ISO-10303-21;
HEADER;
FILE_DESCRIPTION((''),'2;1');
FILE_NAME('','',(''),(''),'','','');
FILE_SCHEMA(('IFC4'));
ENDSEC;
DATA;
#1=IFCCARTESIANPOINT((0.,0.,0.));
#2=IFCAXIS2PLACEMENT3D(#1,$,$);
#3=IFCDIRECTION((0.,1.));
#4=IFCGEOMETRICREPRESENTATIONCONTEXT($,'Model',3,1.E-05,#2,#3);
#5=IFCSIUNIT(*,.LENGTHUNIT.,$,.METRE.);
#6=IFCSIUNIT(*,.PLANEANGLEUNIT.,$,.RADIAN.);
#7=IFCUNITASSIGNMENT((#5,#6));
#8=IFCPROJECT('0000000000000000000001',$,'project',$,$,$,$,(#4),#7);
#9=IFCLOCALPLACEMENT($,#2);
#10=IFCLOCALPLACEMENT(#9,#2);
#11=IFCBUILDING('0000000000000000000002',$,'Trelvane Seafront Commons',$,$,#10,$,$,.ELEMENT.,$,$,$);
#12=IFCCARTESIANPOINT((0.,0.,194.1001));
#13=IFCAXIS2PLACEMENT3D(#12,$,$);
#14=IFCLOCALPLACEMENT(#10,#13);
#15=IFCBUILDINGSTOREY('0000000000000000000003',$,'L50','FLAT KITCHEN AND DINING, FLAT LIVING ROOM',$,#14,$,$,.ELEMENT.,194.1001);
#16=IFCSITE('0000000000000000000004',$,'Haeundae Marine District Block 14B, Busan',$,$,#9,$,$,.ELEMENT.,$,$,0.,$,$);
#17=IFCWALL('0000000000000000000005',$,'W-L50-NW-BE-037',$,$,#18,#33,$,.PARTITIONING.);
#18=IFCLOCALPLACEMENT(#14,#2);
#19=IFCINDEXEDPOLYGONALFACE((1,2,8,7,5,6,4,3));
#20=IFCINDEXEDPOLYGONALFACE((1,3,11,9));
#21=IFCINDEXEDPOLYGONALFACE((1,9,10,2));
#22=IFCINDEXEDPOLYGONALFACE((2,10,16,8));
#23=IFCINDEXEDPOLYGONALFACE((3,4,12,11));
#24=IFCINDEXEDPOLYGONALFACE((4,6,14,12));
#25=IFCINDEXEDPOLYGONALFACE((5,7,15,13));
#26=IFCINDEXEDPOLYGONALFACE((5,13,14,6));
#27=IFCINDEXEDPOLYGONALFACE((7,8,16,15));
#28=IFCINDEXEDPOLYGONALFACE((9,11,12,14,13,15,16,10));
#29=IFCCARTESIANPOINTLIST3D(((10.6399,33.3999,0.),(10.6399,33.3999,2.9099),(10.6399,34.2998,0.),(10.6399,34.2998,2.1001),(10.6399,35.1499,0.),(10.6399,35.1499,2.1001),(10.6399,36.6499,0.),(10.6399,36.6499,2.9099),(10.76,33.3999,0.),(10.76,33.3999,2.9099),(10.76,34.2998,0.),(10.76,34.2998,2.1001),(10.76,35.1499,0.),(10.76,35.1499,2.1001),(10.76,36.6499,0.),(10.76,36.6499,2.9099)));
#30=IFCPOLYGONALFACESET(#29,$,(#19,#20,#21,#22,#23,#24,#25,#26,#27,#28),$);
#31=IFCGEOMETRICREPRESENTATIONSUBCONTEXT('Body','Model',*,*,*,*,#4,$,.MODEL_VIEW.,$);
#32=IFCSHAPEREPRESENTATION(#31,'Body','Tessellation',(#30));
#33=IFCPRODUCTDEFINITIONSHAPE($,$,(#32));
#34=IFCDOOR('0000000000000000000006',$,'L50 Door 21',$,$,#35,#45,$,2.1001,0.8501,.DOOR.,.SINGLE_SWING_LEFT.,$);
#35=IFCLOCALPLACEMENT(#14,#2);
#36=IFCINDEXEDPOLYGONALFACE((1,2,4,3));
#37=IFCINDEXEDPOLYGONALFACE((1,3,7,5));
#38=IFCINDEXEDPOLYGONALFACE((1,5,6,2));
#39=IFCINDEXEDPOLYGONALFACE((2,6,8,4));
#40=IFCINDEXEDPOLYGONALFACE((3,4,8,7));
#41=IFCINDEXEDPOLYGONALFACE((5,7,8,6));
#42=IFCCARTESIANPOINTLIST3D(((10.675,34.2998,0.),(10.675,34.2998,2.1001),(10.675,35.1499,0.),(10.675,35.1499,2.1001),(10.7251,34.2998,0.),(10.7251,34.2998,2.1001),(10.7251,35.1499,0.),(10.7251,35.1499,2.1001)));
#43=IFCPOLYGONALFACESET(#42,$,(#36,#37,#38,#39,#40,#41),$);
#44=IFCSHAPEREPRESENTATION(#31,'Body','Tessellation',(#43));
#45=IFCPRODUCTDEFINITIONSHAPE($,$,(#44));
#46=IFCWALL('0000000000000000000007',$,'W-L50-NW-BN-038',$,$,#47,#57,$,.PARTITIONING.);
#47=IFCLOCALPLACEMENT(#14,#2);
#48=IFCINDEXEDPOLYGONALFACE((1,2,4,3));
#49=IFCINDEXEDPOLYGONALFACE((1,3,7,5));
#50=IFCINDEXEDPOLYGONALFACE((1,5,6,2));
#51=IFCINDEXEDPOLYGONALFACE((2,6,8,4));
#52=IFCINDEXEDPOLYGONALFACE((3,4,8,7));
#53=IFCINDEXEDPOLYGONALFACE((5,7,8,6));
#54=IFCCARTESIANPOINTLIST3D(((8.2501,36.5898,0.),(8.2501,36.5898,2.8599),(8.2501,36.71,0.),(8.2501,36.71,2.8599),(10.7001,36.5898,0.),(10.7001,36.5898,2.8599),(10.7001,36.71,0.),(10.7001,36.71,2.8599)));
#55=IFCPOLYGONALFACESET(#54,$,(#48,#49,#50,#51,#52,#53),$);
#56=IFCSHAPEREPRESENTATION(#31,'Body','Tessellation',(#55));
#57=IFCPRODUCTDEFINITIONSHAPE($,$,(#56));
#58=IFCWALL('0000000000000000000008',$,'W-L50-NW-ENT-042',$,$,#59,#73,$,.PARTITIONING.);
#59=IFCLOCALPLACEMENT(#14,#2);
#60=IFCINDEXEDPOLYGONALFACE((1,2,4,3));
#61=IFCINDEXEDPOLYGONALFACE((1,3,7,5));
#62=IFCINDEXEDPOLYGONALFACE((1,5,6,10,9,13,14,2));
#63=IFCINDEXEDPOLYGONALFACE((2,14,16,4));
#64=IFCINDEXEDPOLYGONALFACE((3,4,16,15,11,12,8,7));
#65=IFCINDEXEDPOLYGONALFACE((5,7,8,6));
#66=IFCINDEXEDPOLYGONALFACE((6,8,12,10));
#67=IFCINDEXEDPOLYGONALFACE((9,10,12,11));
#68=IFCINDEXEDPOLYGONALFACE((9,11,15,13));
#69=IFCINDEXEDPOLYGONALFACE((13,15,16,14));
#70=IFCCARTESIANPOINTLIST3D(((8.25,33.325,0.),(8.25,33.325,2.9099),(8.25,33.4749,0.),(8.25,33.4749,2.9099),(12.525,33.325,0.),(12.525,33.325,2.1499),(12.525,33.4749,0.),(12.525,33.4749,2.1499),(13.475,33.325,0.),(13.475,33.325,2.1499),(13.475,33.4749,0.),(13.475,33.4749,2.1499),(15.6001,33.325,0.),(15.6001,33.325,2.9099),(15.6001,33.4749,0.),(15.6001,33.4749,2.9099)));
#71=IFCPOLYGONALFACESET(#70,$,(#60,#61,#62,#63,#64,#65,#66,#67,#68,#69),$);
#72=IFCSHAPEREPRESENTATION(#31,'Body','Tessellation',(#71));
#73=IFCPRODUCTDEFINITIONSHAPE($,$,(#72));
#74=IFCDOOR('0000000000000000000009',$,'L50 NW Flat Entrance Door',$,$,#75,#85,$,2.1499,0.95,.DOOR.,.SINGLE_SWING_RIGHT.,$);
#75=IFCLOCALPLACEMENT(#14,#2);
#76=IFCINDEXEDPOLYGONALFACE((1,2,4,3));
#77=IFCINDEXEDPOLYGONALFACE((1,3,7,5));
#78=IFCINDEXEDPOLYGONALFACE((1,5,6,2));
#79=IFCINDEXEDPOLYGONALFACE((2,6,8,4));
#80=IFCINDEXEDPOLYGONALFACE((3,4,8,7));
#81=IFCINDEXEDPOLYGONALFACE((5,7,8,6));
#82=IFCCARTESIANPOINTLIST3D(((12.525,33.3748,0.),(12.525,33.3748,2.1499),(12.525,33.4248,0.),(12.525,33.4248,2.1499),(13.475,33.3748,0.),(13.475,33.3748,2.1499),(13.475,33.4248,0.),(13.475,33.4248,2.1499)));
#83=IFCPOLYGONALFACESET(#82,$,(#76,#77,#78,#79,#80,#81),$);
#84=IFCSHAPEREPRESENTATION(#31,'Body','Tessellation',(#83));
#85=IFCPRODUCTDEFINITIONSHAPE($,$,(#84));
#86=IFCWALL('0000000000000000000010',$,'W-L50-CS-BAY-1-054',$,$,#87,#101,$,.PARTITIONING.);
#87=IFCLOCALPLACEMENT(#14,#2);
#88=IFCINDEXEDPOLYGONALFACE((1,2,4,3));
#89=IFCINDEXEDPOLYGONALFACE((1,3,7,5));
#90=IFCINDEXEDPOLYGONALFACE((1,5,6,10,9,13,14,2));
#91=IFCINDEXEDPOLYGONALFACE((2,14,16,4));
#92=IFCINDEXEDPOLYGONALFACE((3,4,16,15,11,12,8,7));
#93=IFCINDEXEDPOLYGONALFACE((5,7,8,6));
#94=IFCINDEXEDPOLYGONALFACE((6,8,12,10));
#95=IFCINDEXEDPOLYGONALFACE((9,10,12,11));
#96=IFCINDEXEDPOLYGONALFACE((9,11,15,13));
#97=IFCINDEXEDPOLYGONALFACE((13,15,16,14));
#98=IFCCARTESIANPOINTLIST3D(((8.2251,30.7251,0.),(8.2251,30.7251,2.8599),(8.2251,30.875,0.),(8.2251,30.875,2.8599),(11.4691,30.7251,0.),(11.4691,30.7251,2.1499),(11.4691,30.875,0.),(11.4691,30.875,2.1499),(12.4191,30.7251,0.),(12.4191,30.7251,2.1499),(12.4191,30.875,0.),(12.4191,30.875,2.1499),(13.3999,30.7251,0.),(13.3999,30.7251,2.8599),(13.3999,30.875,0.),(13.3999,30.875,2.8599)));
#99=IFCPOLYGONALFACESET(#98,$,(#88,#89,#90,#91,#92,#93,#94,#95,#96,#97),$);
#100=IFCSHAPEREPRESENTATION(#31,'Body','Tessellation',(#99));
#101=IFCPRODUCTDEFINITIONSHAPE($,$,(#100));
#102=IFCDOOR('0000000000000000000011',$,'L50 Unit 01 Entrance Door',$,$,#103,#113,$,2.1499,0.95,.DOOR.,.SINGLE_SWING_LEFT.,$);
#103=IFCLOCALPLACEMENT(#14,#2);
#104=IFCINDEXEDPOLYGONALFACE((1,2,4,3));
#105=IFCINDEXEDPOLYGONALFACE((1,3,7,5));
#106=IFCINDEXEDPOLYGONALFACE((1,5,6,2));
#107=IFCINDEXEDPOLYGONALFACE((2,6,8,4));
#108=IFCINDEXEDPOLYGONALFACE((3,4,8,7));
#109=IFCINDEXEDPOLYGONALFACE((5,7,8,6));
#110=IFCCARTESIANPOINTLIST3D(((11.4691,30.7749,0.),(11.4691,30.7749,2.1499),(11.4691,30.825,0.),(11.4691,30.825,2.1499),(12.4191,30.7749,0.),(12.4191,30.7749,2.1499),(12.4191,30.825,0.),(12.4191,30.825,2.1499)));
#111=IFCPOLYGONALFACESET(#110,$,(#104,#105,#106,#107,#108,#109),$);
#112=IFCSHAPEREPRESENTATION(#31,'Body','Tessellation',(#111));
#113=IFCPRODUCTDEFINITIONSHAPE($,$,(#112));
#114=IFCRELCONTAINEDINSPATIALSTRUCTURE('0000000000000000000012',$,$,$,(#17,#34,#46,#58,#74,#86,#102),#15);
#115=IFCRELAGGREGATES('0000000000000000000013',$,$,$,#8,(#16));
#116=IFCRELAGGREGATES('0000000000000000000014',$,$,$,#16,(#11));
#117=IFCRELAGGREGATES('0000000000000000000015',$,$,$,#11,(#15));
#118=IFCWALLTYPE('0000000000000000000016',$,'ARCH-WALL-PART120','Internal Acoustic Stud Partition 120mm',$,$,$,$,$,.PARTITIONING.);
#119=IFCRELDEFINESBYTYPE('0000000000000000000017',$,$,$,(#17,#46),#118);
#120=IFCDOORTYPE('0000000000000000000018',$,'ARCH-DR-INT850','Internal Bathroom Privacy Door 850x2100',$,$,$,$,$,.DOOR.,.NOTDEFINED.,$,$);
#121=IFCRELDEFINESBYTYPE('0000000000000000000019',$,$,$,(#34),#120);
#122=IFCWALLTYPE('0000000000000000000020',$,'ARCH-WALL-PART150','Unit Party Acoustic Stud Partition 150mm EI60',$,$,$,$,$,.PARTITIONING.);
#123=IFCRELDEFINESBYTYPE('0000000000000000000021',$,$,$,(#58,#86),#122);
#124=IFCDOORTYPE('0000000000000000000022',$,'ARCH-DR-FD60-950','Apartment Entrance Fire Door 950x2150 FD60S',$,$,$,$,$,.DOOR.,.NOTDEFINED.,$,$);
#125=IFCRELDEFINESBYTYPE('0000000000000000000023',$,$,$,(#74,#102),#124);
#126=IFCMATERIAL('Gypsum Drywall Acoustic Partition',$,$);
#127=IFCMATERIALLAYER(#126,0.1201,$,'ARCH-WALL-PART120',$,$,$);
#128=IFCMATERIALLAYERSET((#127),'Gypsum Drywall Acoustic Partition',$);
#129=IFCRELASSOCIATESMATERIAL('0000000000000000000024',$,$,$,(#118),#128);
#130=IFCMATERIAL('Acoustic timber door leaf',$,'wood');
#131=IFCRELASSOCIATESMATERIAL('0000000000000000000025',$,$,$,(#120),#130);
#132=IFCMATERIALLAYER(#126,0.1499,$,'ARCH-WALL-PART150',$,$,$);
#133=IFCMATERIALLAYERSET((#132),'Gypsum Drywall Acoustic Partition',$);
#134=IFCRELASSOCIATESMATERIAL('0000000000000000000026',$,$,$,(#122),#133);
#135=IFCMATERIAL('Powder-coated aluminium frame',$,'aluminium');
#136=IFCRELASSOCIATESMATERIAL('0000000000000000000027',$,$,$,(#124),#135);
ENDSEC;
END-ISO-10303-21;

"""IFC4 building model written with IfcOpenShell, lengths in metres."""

from ifc_helpers import new_model, si_unit, direction, frame, frame_2d, origin, place, context, subcontext, project, spatial, rectangle, extrude, source, transform, mapped, material, layer, layer_set, type_object, element, fill, save


model = new_model("IFC4")

# Units and contexts
model_context = context("Model", 3, precision=1e-05, world=origin(), true_north=direction((0.0, 1.0)))
body_context = subcontext(model_context, "Body", "Model", "MODEL_VIEW")
ifc_project = project(units=[si_unit("LENGTHUNIT", "METRE"), si_unit("PLANEANGLEUNIT", "RADIAN")], contexts=[model_context])

# Site, building, storey
site_placement = place(None, origin())
site = spatial("IfcSite", under=ifc_project, at=site_placement, Name="Haeundae Marine District Block 14B, Busan", CompositionType="ELEMENT", RefElevation=0.0)
building_placement = place(site_placement, origin())
building = spatial("IfcBuilding", under=site, at=building_placement, Name="Trelvane Seafront Commons", CompositionType="ELEMENT")
storey_placement = place(building_placement, frame((0.0, 0.0, 194.1001)))
storey = spatial("IfcBuildingStorey", under=building, at=storey_placement, Name="L50", Description="FLAT KITCHEN AND DINING, FLAT LIVING ROOM", CompositionType="ELEMENT", Elevation=194.1001)

# Wall, opening, door
ifc_material_1 = material(Name="Gypsum Drywall Acoustic Partition")
ifc_layer_1 = layer(ifc_material_1, 0.1201, Name="ARCH-WALL-PART120")
ifc_layer_set_1 = layer_set([ifc_layer_1], Name="Gypsum Drywall Acoustic Partition")
wall_type_1 = type_object("IfcWallType", Name="ARCH-WALL-PART120", Description="Internal Acoustic Stud Partition 120mm", PredefinedType="PARTITIONING", material=ifc_layer_set_1)
wall_1_placement = place(storey_placement, frame((10.7, 33.3999, 0.0), z_axis=(0.0, 0.0, 1.0), x_axis=(0.0, 1.0, 0.0)))
wall_1 = element("IfcWall", 1, at=wall_1_placement, inside=storey, type_object=wall_type_1, Name="W-L50-NW-BE-037", PredefinedType="PARTITIONING", context=body_context, shape_type="SweptSolid", body=[
    extrude(rectangle(XDim=3.25, YDim=0.1201, at=frame_2d((1.625, 0.0))), origin(), (0.0, 0.0, 1.0), 2.9099),
])
opening_1_placement = place(wall_1_placement, frame((0.8999, 0.0, 0.0)))
opening_1 = element("IfcOpeningElement", 2, at=opening_1_placement, cuts=wall_1, PredefinedType="OPENING", context=body_context, shape_type="SweptSolid", body=[
    extrude(rectangle(XDim=0.8501, YDim=2.1001, at=frame_2d((0.425, 1.05))), frame((0.0, 0.0701, 0.0), z_axis=(0.0, -1.0, 0.0), x_axis=(1.0, 0.0, 0.0)), (0.0, 0.0, 1.0), 0.1401),
])
ifc_material_2 = material(Name="Acoustic timber door leaf", Category="wood")
door_type_1 = type_object("IfcDoorType", Name="ARCH-DR-INT850", Description="Internal Bathroom Privacy Door 850x2100", OperationType="NOTDEFINED", PredefinedType="DOOR", material=ifc_material_2)
shared_shape_1 = source(origin(), body_context, "Body", "SweptSolid", [
    extrude(rectangle(XDim=0.8501, YDim=2.1001, at=frame_2d((0.425, 1.05))), frame((0.0, 0.0249, 0.0), z_axis=(0.0, -1.0, 0.0), x_axis=(1.0, 0.0, 0.0)), (0.0, 0.0, 1.0), 0.05),
])
door_1_placement = place(opening_1_placement, origin())
door_1 = element("IfcDoor", 3, at=door_1_placement, inside=storey, type_object=door_type_1, Name="L50 Door 21", OperationType="SINGLE_SWING_LEFT", OverallHeight=2.1001, OverallWidth=0.8501, PredefinedType="DOOR", context=body_context, shape_type="MappedRepresentation", body=[
    mapped(shared_shape_1, transform((0.0, 0.0, 0.0), x_axis=(1.0, 0.0, 0.0), y_axis=(0.0, 1.0, 0.0), z_axis=(0.0, 0.0, 1.0), scale=1.0)),
])
fill(opening_1, door_1)

# Wall
wall_2_placement = place(storey_placement, frame((8.25, 36.6499, 0.0), z_axis=(0.0, 0.0, 1.0), x_axis=(1.0, 0.0, 0.0)))
element("IfcWall", 4, at=wall_2_placement, inside=storey, type_object=wall_type_1, Name="W-L50-NW-BN-038", PredefinedType="PARTITIONING", context=body_context, shape_type="SweptSolid", body=[
    extrude(rectangle(XDim=2.45, YDim=0.1201, at=frame_2d((1.2251, 0.0))), origin(), (0.0, 0.0, 1.0), 2.8599),
])

# Walls, openings, doors
shared_shape_2 = source(origin(), body_context, "Body", "SweptSolid", [
    extrude(rectangle(XDim=0.95, YDim=2.1499, at=frame_2d((0.4751, 1.075))), frame((0.0, 0.0249, 0.0), z_axis=(0.0, -1.0, 0.0), x_axis=(1.0, 0.0, 0.0)), (0.0, 0.0, 1.0), 0.05),
])
ifc_layer_2 = layer(ifc_material_1, 0.1499, Name="ARCH-WALL-PART150")
ifc_layer_set_2 = layer_set([ifc_layer_2], Name="Gypsum Drywall Acoustic Partition")
wall_type_2 = type_object("IfcWallType", Name="ARCH-WALL-PART150", Description="Unit Party Acoustic Stud Partition 150mm EI60", PredefinedType="PARTITIONING", material=ifc_layer_set_2)
wall_3_placement = place(storey_placement, frame((8.25, 33.3999, 0.0), z_axis=(0.0, 0.0, 1.0), x_axis=(1.0, 0.0, 0.0)))
wall_3 = element("IfcWall", 5, at=wall_3_placement, inside=storey, type_object=wall_type_2, Name="W-L50-NW-ENT-042", PredefinedType="PARTITIONING", context=body_context, shape_type="SweptSolid", body=[
    extrude(rectangle(XDim=7.3501, YDim=0.1499, at=frame_2d((3.675, 0.0))), origin(), (0.0, 0.0, 1.0), 2.9099),
])
opening_2_placement = place(wall_3_placement, frame((4.2749, 0.0, 0.0)))
opening_2 = element("IfcOpeningElement", 6, at=opening_2_placement, cuts=wall_3, PredefinedType="OPENING", context=body_context, shape_type="SweptSolid", body=[
    extrude(rectangle(XDim=0.95, YDim=2.1499, at=frame_2d((0.4751, 1.075))), frame((0.0, 0.085, 0.0), z_axis=(0.0, -1.0, 0.0), x_axis=(1.0, 0.0, 0.0)), (0.0, 0.0, 1.0), 0.1699),
])
ifc_material_3 = material(Name="Powder-coated aluminium frame", Category="aluminium")
door_type_2 = type_object("IfcDoorType", Name="ARCH-DR-FD60-950", Description="Apartment Entrance Fire Door 950x2150 FD60S", OperationType="NOTDEFINED", PredefinedType="DOOR", material=ifc_material_3)
door_2_placement = place(opening_2_placement, origin())
door_2 = element("IfcDoor", 7, at=door_2_placement, inside=storey, type_object=door_type_2, Name="L50 NW Flat Entrance Door", OperationType="SINGLE_SWING_RIGHT", OverallHeight=2.1499, OverallWidth=0.95, PredefinedType="DOOR", context=body_context, shape_type="MappedRepresentation", body=[
    mapped(shared_shape_2, transform((0.0, 0.0, 0.0), x_axis=(1.0, 0.0, 0.0), y_axis=(0.0, 1.0, 0.0), z_axis=(0.0, 0.0, 1.0), scale=1.0)),
])
fill(opening_2, door_2)
wall_4_placement = place(storey_placement, frame((8.2251, 30.8, 0.0), z_axis=(0.0, 0.0, 1.0), x_axis=(1.0, 0.0, 0.0)))
wall_4 = element("IfcWall", 8, at=wall_4_placement, inside=storey, type_object=wall_type_2, Name="W-L50-CS-BAY-1-054", PredefinedType="PARTITIONING", context=body_context, shape_type="SweptSolid", body=[
    extrude(rectangle(XDim=5.1748, YDim=0.1499, at=frame_2d((2.5874, 0.0))), origin(), (0.0, 0.0, 1.0), 2.8599),
])
opening_3_placement = place(wall_4_placement, frame((3.2439, 0.0, 0.0)))
opening_3 = element("IfcOpeningElement", 9, at=opening_3_placement, cuts=wall_4, PredefinedType="OPENING", context=body_context, shape_type="SweptSolid", body=[
    extrude(rectangle(XDim=0.95, YDim=2.1499, at=frame_2d((0.4751, 1.075))), frame((0.0, 0.085, 0.0), z_axis=(0.0, -1.0, 0.0), x_axis=(1.0, 0.0, 0.0)), (0.0, 0.0, 1.0), 0.1699),
])
door_3_placement = place(opening_3_placement, origin())
door_3 = element("IfcDoor", 10, at=door_3_placement, inside=storey, type_object=door_type_2, Name="L50 Unit 01 Entrance Door", OperationType="SINGLE_SWING_LEFT", OverallHeight=2.1499, OverallWidth=0.95, PredefinedType="DOOR", context=body_context, shape_type="MappedRepresentation", body=[
    mapped(shared_shape_2, transform((0.0, 0.0, 0.0), x_axis=(1.0, 0.0, 0.0), y_axis=(0.0, 1.0, 0.0), z_axis=(0.0, 0.0, 1.0), scale=1.0)),
])
fill(opening_3, door_3)

save(model, "model.ifc")
